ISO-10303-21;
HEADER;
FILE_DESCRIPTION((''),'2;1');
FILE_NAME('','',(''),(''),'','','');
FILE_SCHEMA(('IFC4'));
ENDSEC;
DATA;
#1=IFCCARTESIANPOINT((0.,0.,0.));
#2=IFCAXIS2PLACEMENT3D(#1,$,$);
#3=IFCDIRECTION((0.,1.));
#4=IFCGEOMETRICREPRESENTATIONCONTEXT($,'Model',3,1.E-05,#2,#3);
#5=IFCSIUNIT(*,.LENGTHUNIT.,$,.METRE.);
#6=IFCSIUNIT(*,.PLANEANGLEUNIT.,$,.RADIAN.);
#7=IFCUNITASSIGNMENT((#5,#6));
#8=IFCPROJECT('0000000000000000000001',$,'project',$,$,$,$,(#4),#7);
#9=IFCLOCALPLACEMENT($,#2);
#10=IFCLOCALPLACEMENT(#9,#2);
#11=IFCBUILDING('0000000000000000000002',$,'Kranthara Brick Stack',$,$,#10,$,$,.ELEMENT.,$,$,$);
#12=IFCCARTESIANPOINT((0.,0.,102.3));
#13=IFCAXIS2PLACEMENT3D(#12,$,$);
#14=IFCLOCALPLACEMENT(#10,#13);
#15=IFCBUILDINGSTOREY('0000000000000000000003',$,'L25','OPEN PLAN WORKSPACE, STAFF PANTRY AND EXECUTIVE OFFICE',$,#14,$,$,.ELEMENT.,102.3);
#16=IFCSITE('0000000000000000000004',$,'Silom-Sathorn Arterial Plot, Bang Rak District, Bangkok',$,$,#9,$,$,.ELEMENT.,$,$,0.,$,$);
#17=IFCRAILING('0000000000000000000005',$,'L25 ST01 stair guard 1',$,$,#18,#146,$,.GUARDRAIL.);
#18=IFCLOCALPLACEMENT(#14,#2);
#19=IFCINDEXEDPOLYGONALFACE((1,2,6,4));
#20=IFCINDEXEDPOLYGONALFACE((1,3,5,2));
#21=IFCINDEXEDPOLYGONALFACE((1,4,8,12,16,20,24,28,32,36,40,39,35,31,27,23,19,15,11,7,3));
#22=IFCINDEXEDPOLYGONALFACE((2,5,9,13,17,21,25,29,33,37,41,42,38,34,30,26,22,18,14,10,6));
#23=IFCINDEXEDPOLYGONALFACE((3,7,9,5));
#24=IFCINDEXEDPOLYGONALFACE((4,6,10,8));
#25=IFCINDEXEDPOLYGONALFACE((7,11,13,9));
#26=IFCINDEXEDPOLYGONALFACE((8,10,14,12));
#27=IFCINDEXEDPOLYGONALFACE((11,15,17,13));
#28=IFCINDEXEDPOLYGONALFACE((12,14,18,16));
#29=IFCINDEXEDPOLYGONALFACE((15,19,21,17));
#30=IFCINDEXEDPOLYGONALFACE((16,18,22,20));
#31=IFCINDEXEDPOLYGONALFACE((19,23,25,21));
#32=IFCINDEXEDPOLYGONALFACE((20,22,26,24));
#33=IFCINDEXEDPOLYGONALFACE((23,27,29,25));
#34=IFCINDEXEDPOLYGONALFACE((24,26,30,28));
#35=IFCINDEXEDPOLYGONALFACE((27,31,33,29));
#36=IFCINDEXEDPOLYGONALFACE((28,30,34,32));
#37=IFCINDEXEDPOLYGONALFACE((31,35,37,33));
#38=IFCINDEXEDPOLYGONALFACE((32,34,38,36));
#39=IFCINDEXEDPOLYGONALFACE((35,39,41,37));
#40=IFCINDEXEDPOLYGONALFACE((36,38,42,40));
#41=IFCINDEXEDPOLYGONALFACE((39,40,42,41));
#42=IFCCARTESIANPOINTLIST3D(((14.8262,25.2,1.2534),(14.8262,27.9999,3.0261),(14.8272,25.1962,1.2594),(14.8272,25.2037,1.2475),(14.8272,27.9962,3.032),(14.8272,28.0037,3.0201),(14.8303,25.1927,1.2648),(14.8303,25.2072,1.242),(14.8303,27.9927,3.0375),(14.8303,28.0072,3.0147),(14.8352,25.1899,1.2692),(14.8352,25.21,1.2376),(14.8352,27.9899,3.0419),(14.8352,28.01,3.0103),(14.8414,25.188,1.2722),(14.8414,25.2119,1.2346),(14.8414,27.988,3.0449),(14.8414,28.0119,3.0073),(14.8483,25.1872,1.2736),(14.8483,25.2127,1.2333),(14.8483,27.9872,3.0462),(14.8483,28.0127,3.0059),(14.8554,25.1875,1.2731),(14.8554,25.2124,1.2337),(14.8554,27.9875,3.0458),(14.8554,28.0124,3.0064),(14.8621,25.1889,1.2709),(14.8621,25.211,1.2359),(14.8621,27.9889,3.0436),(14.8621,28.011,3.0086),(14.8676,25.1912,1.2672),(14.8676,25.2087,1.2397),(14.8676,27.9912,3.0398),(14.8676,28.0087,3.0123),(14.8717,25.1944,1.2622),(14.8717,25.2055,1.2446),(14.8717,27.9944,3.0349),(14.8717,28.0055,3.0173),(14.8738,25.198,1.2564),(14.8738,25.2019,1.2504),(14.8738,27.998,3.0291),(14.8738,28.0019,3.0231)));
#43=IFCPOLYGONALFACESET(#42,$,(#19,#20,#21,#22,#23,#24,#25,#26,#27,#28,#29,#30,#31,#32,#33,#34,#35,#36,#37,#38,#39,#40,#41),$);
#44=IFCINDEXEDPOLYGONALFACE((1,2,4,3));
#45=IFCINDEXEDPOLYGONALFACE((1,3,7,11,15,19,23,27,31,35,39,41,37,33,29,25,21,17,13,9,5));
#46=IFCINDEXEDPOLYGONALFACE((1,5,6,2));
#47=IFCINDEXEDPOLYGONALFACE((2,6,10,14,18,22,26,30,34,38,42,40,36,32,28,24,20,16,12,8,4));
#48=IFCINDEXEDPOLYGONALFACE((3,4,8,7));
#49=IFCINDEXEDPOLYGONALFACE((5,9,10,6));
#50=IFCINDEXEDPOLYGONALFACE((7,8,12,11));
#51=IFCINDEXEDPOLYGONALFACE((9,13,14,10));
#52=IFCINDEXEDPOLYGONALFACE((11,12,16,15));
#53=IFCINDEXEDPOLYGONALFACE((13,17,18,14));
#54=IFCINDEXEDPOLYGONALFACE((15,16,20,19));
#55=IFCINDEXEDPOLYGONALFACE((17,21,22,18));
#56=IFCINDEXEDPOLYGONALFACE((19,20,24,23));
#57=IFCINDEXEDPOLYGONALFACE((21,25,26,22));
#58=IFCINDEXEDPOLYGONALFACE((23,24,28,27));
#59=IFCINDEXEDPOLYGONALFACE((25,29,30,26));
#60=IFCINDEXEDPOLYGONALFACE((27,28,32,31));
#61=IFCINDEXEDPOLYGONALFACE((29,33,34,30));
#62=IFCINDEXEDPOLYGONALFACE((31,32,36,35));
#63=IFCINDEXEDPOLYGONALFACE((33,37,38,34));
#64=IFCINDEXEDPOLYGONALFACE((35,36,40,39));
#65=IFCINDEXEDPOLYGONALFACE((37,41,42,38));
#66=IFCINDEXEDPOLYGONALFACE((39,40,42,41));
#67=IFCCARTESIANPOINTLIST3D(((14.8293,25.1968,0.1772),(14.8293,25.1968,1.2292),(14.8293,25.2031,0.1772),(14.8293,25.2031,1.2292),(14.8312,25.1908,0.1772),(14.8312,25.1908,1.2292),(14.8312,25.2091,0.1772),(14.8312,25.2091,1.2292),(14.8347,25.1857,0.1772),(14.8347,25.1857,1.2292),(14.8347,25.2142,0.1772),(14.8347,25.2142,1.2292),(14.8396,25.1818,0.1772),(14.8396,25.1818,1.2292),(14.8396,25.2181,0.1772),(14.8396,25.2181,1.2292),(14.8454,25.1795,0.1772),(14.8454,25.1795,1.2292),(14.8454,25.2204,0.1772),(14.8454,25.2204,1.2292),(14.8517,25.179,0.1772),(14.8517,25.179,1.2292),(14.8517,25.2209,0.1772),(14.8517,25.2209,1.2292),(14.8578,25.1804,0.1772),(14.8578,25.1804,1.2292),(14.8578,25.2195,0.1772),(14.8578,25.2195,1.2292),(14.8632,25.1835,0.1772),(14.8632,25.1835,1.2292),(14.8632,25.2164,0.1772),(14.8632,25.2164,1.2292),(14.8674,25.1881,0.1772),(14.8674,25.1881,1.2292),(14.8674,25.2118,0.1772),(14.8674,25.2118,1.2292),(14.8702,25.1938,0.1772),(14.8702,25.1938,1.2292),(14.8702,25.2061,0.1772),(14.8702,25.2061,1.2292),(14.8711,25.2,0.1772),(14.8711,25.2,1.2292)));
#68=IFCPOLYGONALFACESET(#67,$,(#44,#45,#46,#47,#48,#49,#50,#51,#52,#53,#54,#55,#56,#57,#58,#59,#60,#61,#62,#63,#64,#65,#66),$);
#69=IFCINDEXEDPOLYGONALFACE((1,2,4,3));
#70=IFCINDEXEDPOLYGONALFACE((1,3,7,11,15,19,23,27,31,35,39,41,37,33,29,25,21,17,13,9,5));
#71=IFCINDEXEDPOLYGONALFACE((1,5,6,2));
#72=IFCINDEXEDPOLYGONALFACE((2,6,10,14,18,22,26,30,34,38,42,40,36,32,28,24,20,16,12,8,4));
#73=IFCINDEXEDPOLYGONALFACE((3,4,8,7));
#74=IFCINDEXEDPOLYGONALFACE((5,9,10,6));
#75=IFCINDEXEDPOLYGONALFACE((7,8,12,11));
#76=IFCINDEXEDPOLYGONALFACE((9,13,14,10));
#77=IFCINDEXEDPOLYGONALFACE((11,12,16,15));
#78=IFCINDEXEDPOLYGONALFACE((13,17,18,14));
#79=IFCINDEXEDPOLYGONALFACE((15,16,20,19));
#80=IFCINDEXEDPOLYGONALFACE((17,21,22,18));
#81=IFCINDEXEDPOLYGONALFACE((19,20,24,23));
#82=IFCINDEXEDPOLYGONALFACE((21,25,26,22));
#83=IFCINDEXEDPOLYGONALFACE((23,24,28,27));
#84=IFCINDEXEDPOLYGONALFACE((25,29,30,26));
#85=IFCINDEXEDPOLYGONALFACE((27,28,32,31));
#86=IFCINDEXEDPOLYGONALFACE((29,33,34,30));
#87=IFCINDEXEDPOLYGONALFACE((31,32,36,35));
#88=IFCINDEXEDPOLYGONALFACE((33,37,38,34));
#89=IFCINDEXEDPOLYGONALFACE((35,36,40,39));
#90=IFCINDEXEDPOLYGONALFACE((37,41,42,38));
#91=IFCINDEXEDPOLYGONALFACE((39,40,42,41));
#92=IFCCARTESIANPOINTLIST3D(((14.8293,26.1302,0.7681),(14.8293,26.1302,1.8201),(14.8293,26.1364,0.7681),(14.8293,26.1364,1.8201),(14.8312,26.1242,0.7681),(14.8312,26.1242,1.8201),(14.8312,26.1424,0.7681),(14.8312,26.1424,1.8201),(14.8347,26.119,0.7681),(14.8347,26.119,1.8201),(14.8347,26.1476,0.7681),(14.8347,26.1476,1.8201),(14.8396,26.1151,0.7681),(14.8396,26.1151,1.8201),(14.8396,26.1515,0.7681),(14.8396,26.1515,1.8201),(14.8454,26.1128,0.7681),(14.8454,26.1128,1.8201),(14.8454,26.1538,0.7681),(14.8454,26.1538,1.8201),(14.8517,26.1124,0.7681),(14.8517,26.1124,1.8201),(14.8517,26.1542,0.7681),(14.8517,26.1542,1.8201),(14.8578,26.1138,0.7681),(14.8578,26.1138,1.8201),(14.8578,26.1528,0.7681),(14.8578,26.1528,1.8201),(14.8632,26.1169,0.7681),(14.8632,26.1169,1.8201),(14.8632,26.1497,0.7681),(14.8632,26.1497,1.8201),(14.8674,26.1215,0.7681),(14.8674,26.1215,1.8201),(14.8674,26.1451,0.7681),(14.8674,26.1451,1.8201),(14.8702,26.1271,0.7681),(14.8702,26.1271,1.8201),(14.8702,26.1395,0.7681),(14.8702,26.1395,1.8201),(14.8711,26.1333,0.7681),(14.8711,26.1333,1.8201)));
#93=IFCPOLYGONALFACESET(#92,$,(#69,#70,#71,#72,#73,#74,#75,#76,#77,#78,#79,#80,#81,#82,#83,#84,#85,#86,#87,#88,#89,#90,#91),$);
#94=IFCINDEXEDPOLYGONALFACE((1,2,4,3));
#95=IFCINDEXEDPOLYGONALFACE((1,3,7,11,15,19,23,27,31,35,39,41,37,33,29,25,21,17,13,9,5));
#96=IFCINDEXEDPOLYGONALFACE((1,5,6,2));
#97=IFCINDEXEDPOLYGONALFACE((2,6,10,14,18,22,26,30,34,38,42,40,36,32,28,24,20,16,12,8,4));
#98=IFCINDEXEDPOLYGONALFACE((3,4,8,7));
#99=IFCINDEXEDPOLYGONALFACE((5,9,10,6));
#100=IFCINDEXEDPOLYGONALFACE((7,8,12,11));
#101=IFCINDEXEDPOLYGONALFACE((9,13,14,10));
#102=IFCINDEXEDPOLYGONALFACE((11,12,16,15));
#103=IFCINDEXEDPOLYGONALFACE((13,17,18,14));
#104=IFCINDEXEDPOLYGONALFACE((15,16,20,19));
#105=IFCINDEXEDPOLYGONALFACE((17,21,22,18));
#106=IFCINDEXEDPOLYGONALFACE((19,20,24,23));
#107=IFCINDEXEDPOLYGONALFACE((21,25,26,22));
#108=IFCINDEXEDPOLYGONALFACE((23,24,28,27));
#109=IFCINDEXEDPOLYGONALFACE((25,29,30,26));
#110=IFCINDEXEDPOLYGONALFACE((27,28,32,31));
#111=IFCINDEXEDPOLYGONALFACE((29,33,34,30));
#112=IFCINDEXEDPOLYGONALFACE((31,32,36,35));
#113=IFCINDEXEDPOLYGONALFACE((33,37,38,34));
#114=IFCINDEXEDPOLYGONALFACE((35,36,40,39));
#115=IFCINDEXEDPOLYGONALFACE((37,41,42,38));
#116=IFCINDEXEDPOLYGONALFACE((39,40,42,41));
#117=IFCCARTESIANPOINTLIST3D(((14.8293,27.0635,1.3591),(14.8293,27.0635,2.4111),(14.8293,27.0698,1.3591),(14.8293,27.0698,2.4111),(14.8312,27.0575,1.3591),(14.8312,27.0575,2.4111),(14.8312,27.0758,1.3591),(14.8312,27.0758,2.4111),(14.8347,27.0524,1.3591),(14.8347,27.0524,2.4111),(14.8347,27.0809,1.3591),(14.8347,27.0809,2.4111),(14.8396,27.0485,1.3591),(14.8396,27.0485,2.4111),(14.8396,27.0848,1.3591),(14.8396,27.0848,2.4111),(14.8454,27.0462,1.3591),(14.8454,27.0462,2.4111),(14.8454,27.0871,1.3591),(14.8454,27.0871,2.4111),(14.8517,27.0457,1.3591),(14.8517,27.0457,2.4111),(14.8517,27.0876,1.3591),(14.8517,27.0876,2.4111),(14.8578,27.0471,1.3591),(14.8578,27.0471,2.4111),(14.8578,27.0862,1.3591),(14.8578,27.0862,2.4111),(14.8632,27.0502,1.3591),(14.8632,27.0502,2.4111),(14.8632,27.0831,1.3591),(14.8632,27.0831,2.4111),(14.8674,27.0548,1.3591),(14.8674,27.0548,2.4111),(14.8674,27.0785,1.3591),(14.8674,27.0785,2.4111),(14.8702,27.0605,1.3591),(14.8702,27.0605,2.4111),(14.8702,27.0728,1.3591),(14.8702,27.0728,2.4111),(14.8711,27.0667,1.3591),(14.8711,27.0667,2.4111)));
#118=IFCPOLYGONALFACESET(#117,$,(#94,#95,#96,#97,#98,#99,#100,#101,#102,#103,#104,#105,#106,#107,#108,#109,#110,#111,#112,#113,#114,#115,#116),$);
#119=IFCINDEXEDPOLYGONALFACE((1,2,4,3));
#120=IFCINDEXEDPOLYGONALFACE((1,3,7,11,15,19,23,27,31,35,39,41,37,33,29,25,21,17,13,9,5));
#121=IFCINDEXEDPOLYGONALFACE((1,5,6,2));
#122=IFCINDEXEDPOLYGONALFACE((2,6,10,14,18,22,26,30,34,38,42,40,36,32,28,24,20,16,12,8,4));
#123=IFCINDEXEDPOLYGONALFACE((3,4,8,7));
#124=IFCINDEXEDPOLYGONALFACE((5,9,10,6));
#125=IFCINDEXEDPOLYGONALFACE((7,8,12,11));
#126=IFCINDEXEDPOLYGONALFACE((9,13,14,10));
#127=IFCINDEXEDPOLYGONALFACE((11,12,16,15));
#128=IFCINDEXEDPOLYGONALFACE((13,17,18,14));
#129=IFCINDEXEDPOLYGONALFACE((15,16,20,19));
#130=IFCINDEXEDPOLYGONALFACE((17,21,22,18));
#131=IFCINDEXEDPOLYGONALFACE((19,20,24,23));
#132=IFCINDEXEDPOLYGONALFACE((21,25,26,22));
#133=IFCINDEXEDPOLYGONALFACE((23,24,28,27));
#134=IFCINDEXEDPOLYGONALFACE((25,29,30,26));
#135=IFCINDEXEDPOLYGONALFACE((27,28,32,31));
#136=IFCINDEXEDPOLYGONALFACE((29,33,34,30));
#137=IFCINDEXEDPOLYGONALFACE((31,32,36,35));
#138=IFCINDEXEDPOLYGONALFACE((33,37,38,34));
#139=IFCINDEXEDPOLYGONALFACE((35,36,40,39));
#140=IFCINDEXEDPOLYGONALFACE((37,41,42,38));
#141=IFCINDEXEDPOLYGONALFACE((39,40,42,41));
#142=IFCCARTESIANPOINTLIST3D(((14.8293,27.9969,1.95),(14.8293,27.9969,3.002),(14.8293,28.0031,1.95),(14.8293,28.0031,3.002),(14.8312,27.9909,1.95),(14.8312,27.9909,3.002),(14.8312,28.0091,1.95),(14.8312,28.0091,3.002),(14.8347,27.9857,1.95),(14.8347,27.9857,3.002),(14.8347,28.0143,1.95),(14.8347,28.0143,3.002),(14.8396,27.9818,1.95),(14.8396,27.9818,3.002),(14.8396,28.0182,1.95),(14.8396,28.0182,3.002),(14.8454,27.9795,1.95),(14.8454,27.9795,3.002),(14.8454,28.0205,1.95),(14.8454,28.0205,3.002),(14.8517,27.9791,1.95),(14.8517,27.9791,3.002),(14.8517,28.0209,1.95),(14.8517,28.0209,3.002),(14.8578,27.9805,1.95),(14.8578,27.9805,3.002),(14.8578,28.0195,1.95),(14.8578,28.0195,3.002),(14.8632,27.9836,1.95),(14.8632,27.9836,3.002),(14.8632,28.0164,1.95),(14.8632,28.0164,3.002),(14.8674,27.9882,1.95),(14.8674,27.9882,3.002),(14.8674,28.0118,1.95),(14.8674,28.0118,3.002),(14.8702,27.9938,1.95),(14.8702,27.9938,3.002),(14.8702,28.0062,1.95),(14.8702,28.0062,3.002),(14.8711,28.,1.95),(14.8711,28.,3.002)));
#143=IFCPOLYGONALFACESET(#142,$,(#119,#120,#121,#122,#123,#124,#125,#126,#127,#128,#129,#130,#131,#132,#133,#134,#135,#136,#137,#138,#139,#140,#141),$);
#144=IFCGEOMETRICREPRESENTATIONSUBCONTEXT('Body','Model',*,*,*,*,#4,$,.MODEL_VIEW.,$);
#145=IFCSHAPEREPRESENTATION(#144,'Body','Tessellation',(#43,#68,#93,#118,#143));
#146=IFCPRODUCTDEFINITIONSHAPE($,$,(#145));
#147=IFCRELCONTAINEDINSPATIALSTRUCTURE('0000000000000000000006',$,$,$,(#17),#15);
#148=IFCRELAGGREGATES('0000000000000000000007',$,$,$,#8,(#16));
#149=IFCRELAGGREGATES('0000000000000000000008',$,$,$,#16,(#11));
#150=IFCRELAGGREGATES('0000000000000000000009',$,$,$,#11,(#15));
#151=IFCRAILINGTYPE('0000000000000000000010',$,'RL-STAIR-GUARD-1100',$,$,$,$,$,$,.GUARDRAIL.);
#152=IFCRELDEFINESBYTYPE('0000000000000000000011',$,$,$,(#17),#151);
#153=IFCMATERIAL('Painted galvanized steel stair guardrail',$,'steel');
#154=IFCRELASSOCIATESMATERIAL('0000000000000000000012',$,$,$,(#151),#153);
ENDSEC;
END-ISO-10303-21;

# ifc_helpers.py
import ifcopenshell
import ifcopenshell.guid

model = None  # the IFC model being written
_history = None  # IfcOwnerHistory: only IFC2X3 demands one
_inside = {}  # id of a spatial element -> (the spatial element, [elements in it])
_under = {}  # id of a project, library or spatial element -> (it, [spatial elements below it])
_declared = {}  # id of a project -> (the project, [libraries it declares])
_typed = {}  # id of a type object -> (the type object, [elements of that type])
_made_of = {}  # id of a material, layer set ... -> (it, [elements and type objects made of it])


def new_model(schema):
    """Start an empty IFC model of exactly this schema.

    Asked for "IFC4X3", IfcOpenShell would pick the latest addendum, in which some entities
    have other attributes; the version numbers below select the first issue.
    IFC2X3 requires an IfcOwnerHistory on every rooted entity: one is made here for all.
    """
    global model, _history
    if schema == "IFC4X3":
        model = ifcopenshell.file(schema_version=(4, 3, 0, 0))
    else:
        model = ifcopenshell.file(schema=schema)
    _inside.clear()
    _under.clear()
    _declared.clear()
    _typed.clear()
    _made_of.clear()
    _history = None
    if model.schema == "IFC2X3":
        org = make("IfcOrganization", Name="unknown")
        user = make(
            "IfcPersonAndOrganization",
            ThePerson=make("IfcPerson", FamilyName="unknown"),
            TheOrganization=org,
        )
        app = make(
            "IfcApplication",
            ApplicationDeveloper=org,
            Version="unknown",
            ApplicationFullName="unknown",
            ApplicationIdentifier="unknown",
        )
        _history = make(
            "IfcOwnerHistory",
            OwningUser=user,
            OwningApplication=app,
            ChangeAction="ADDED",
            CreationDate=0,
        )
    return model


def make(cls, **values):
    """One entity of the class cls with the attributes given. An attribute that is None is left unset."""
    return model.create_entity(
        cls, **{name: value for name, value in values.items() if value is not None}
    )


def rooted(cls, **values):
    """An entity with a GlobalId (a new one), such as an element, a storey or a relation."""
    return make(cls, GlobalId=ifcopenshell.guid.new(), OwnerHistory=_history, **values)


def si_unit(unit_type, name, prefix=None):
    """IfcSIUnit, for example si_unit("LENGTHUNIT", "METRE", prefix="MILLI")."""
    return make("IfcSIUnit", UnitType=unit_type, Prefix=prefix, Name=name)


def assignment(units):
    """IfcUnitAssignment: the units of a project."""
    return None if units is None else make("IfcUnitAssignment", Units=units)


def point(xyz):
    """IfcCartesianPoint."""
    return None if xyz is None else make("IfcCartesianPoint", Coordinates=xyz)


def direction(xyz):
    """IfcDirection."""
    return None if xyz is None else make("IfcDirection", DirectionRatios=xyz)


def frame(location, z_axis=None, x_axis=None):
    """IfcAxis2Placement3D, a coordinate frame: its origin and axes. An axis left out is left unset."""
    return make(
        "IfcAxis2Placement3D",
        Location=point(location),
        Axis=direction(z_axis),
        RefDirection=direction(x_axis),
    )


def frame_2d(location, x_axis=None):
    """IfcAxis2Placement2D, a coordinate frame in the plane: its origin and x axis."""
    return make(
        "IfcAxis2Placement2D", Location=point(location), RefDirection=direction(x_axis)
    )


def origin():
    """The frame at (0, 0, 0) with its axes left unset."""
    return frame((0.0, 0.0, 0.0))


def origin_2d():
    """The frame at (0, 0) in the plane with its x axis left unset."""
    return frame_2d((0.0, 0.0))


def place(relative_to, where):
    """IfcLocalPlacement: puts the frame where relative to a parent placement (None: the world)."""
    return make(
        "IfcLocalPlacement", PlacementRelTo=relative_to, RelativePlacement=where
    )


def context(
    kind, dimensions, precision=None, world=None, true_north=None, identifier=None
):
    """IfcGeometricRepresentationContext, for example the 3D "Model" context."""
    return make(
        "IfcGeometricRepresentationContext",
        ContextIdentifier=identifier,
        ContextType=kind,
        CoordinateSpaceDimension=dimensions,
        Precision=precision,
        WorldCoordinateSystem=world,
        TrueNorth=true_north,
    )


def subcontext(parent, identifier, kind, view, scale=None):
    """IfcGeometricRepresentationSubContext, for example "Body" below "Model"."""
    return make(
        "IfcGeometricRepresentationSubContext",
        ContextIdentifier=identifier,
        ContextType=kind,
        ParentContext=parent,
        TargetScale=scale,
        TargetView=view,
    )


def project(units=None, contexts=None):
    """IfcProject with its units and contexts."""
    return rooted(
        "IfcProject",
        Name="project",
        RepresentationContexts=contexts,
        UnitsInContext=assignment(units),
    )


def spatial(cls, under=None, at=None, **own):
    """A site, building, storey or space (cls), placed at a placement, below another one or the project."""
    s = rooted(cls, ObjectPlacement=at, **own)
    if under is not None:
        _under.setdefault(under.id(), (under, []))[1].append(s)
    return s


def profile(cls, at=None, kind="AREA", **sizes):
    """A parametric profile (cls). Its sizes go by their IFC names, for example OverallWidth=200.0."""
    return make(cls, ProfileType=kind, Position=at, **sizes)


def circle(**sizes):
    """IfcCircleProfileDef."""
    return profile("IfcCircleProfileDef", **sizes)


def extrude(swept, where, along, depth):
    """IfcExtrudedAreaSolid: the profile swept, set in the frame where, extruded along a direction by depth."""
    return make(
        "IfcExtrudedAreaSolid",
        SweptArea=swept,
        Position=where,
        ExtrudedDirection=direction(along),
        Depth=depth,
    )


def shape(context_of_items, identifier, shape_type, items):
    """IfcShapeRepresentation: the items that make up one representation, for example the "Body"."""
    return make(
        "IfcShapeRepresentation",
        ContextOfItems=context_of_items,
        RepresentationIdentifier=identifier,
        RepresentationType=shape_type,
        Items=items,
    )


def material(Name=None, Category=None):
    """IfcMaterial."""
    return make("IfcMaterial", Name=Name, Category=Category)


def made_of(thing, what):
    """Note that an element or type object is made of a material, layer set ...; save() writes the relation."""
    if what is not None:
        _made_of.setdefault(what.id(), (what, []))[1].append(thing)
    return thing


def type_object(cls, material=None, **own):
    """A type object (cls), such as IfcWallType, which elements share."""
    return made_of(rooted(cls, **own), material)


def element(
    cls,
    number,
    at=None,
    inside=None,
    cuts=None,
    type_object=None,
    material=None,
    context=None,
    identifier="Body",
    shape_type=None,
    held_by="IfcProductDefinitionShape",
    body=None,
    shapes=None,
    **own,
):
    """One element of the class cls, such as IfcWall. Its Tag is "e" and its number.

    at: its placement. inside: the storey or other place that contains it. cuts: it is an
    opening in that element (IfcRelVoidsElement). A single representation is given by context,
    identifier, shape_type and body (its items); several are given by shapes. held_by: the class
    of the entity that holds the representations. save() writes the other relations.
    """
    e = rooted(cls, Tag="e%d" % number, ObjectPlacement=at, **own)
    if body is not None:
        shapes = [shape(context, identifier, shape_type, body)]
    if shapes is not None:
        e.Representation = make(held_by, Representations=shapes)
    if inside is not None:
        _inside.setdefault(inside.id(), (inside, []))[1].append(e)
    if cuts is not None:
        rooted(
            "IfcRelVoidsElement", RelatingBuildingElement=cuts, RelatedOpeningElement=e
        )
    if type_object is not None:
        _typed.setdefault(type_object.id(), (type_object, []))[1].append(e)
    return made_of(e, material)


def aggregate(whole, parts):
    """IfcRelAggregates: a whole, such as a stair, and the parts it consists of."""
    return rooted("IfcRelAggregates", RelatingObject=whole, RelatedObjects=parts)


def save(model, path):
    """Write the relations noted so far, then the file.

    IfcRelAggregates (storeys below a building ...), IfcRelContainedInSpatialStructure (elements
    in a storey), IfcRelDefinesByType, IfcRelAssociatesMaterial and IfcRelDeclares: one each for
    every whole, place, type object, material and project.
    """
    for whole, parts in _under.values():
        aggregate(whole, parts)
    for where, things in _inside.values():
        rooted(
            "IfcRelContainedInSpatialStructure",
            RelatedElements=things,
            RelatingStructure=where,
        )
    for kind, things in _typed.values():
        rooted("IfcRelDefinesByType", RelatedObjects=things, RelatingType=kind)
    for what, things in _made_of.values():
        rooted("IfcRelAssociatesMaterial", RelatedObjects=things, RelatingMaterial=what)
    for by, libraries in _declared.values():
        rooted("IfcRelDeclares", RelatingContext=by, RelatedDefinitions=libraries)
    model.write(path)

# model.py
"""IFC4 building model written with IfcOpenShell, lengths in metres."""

from ifc_helpers import new_model, si_unit, direction, frame, origin, origin_2d, place, context, subcontext, project, spatial, circle, extrude, material, type_object, element, save


model = new_model("IFC4")

# Units and contexts
model_context = context("Model", 3, precision=1e-05, world=origin(), true_north=direction((0.0, 1.0)))
body_context = subcontext(model_context, "Body", "Model", "MODEL_VIEW")
ifc_project = project(units=[si_unit("LENGTHUNIT", "METRE"), si_unit("PLANEANGLEUNIT", "RADIAN")], contexts=[model_context])

# Site, building, storey
site_placement = place(None, origin())
site = spatial("IfcSite", under=ifc_project, at=site_placement, Name="Silom-Sathorn Arterial Plot, Bang Rak District, Bangkok", CompositionType="ELEMENT", RefElevation=0.0)
building_placement = place(site_placement, origin())
building = spatial("IfcBuilding", under=site, at=building_placement, Name="Kranthara Brick Stack", CompositionType="ELEMENT")
storey_placement = place(building_placement, frame((0.0, 0.0, 102.3)))
storey = spatial("IfcBuildingStorey", under=building, at=storey_placement, Name="L25", Description="OPEN PLAN WORKSPACE, STAFF PANTRY AND EXECUTIVE OFFICE", CompositionType="ELEMENT", Elevation=102.3)

# Railing
ifc_material_1 = material(Name="Painted galvanized steel stair guardrail", Category="steel")
railing_type_1 = type_object("IfcRailingType", Name="RL-STAIR-GUARD-1100", PredefinedType="GUARDRAIL", material=ifc_material_1)
railing_1_placement = place(storey_placement, frame((14.8501, 25.2, 0.1772)))
element("IfcRailing", 1, at=railing_1_placement, inside=storey, type_object=railing_type_1, Name="L25 ST01 stair guard 1", PredefinedType="GUARDRAIL", context=body_context, shape_type="SweptSolid", body=[
    extrude(circle(Radius=0.0239, at=origin_2d()), frame((0.0, 0.0, 1.0762), z_axis=(0.0, 0.844909, 0.53491), x_axis=(-1.0, 0.0, 0.0)), (0.0, 0.0, 1.0), 3.314),
    extrude(circle(Radius=0.021, at=origin_2d()), origin(), (0.0, 0.0, 1.0), 1.052),
    extrude(circle(Radius=0.021, at=origin_2d()), frame((0.0, 0.9333, 0.5908)), (0.0, 0.0, 1.0), 1.052),
    extrude(circle(Radius=0.021, at=origin_2d()), frame((0.0, 1.8667, 1.1819)), (0.0, 0.0, 1.0), 1.052),
    extrude(circle(Radius=0.021, at=origin_2d()), frame((0.0, 2.8, 1.7727)), (0.0, 0.0, 1.0), 1.052),
])

save(model, "model.ifc")
